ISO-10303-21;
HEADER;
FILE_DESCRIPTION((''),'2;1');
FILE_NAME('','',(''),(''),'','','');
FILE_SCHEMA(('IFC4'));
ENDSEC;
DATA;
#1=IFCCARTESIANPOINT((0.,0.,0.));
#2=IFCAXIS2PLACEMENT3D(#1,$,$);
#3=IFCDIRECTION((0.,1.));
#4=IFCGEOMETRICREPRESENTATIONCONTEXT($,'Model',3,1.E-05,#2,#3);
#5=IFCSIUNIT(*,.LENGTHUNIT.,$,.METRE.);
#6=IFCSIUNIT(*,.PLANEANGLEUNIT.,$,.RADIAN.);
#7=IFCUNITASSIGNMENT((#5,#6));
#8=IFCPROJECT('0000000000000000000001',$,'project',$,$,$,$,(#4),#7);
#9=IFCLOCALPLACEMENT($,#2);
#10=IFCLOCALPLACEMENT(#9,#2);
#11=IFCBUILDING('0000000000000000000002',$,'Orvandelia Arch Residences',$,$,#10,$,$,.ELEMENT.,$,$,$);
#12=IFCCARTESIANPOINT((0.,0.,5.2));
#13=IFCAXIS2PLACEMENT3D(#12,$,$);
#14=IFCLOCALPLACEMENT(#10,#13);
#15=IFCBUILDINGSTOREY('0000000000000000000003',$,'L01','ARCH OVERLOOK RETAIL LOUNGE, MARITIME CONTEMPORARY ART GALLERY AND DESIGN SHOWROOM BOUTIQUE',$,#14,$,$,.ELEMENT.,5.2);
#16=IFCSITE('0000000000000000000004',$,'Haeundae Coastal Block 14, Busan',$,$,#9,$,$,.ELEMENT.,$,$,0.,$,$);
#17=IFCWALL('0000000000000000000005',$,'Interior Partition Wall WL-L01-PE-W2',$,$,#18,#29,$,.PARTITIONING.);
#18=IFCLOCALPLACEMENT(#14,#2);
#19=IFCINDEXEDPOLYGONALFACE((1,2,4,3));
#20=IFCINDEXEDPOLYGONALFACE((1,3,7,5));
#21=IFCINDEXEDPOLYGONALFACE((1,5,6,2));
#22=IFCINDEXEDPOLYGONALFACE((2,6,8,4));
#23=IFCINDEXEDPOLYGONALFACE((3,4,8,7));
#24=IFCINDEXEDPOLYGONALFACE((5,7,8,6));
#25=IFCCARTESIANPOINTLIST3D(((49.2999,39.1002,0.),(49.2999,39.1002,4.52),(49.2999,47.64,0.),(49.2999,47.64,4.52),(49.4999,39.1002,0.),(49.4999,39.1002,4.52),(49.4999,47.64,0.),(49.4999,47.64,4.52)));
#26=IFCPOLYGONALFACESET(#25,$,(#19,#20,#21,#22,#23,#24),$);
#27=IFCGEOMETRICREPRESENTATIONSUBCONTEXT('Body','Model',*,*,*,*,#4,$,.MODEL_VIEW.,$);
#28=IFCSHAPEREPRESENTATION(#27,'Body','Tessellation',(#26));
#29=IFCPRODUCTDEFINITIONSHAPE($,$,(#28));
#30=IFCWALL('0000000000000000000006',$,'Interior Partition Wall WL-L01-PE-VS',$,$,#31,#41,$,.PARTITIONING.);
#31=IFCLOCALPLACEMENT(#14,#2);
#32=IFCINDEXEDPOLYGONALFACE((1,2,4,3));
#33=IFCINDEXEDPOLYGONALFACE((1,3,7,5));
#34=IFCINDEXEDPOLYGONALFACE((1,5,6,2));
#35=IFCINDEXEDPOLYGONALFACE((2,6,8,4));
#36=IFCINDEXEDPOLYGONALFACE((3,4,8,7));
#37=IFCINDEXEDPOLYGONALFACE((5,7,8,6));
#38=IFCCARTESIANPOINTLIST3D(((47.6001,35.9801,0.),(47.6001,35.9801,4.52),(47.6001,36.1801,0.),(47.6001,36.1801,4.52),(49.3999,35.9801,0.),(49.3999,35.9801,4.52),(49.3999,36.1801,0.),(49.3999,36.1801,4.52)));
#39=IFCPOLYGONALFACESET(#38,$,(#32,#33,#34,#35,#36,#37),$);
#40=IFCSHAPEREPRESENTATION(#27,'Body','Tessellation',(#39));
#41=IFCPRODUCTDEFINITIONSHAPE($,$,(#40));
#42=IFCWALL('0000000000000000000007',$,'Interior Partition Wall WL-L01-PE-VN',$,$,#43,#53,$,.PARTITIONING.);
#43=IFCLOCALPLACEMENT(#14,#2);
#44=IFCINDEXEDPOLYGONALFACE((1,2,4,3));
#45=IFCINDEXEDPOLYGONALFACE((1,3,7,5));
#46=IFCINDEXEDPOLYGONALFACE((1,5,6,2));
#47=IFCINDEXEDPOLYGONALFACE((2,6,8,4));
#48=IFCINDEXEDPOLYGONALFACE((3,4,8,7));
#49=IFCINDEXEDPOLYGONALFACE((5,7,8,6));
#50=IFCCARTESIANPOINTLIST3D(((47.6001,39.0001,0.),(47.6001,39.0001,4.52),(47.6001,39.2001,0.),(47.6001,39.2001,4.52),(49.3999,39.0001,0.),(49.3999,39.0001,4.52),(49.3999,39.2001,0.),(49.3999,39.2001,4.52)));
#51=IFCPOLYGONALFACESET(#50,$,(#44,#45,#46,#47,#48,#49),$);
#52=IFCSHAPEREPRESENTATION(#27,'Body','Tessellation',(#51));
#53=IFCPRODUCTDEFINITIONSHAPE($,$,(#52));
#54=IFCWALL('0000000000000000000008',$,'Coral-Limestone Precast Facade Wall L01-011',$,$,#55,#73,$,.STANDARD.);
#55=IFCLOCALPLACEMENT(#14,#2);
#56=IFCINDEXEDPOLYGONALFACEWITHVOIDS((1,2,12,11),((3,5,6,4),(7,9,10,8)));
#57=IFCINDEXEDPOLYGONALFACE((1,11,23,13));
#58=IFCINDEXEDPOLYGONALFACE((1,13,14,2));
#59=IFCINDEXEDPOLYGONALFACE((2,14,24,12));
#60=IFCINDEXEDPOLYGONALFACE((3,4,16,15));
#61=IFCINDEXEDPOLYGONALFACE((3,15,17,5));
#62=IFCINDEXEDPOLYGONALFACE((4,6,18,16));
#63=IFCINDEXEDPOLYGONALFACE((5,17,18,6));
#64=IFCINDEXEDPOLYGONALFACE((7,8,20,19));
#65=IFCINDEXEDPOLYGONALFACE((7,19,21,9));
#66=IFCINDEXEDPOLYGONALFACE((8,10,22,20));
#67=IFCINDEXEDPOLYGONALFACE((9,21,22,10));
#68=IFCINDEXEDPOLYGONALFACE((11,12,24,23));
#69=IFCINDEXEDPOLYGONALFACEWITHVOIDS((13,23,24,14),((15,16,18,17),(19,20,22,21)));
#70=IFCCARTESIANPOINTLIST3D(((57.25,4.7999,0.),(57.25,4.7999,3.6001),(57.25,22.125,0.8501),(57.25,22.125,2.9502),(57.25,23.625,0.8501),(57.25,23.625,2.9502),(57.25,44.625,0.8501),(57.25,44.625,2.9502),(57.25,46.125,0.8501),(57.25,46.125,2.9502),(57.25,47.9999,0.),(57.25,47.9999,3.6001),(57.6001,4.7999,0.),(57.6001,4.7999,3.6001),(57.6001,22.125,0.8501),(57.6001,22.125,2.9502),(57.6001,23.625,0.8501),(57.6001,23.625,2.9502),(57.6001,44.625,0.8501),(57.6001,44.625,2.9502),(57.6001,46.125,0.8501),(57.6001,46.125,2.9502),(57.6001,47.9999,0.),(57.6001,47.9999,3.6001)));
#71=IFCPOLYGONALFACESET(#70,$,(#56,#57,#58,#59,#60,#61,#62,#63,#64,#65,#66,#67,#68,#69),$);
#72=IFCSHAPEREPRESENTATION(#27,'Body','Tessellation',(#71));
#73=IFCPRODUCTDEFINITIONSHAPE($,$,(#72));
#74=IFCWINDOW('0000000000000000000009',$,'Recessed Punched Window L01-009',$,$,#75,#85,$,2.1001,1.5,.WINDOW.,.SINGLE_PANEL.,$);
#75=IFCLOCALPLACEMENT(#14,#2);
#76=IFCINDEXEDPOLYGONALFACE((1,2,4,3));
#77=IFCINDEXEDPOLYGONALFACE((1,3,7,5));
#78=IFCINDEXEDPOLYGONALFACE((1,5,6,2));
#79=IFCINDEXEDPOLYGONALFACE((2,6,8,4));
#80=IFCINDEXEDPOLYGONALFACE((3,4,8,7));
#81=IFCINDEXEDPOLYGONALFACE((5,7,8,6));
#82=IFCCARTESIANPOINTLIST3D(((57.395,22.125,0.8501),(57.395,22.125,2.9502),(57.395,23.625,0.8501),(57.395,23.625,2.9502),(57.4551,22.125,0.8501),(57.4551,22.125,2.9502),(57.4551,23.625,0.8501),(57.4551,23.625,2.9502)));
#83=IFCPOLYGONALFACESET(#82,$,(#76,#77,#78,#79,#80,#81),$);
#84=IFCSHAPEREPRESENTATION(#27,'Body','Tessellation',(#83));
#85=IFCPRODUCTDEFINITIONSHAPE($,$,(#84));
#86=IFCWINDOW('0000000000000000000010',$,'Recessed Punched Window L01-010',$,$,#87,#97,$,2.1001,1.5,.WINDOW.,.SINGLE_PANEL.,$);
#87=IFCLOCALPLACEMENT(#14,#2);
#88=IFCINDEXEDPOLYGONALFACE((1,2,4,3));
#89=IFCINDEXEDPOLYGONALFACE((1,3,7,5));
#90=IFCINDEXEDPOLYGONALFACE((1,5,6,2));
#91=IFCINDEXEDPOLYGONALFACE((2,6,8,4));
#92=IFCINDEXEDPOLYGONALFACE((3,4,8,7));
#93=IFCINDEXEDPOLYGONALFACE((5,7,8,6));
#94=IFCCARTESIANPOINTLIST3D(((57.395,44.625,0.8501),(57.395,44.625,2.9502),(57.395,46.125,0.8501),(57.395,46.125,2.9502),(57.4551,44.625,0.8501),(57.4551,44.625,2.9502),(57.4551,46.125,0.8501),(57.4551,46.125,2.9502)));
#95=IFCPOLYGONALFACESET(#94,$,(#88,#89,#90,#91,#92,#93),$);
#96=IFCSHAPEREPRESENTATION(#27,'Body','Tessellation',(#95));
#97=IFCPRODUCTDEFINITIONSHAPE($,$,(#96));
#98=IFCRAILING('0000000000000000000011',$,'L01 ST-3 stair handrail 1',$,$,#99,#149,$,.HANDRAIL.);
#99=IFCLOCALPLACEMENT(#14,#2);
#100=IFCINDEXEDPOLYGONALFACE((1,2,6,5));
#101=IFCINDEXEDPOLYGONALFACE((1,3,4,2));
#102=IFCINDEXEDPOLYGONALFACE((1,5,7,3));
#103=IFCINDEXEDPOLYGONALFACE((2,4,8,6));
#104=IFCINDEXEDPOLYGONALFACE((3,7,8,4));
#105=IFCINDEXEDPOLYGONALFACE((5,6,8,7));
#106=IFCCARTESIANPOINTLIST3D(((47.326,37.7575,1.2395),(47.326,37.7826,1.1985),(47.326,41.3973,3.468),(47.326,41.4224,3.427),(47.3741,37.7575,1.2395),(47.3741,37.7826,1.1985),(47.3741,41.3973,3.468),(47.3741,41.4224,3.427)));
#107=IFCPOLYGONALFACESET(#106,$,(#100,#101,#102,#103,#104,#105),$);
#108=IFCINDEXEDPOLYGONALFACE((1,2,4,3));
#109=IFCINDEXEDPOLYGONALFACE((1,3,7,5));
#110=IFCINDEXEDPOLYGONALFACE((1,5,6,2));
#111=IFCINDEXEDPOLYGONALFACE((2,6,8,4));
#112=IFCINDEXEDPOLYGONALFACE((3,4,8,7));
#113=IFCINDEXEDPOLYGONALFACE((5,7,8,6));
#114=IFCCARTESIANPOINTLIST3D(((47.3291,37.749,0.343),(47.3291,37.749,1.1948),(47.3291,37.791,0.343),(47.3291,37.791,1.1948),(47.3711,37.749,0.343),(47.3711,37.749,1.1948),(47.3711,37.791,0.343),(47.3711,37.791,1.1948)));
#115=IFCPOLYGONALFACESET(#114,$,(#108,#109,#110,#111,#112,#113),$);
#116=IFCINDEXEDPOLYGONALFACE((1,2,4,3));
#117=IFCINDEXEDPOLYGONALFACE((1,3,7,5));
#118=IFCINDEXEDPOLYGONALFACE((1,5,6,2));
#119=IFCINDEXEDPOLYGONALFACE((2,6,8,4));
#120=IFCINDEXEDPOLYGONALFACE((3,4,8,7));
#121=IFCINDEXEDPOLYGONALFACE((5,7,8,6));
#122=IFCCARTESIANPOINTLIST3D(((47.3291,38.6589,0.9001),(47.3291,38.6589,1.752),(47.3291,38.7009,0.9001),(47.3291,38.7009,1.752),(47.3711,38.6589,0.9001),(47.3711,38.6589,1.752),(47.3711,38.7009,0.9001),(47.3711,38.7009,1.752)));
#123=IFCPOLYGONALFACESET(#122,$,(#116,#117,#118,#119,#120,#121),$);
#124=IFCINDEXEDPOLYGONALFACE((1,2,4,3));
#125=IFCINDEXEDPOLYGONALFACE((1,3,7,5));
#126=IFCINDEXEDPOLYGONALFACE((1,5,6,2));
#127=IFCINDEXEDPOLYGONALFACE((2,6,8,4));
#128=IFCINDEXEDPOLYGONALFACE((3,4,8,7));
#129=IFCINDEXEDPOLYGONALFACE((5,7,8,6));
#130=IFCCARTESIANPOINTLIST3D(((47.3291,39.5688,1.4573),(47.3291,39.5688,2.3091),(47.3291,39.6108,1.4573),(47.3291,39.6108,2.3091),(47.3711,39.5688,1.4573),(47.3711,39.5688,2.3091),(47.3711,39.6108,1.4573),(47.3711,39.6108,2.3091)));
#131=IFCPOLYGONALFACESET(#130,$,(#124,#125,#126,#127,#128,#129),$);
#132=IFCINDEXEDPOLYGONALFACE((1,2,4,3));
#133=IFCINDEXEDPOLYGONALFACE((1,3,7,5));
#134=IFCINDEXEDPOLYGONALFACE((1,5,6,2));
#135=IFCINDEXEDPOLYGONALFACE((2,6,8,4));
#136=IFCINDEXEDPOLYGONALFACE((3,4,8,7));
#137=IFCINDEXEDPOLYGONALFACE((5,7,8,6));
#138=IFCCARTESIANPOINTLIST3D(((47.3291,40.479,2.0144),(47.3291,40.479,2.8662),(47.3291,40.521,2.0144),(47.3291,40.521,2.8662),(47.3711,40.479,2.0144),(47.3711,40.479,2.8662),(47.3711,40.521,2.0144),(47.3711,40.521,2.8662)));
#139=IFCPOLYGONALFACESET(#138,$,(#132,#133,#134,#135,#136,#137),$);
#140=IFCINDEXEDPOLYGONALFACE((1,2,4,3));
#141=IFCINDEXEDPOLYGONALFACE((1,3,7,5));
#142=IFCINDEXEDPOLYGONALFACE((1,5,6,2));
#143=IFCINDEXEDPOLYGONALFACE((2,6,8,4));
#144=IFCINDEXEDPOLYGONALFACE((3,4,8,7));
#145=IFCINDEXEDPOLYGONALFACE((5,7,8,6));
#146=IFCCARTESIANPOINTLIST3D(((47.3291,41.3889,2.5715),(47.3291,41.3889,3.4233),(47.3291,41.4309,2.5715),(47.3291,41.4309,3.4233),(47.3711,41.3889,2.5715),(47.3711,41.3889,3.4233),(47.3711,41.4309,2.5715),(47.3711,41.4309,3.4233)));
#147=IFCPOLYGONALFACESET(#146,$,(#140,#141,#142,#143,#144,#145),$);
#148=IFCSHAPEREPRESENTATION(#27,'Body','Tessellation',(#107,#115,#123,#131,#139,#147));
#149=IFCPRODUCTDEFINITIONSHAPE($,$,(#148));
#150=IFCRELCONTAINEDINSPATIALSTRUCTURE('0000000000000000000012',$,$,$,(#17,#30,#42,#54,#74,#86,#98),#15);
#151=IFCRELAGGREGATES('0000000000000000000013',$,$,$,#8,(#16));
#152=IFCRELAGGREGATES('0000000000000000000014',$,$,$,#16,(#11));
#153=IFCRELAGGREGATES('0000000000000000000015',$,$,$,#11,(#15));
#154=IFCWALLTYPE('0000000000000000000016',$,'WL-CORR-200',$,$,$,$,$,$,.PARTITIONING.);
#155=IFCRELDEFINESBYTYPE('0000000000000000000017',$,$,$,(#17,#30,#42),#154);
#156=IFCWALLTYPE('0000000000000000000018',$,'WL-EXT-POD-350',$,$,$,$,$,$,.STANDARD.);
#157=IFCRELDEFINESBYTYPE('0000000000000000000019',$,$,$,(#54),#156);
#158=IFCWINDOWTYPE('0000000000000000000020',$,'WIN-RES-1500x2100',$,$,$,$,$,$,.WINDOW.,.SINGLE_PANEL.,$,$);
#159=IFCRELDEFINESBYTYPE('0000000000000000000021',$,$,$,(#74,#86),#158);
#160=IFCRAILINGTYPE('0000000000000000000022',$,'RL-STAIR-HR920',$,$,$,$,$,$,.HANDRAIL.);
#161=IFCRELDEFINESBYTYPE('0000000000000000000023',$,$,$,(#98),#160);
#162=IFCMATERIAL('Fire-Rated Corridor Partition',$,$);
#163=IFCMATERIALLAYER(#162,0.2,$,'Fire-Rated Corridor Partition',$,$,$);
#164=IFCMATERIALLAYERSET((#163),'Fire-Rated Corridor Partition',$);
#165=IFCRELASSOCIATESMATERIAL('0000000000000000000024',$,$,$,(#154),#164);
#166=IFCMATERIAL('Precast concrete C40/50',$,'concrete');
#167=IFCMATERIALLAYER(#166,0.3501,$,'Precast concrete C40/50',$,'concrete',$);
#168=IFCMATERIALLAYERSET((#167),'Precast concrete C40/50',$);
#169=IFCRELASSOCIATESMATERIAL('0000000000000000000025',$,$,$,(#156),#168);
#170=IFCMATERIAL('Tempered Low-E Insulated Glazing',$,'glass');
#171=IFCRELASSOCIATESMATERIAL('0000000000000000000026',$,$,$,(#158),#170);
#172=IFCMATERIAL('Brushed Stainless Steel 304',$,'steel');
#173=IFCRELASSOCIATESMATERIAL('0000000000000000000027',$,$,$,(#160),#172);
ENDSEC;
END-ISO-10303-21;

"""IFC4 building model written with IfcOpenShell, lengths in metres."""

from ifc_helpers import new_model, si_unit, direction, frame, frame_2d, origin, origin_2d, place, context, subcontext, project, spatial, rectangle, extrude, material, layer, layer_set, type_object, element, fill, save


model = new_model("IFC4")

# Units and contexts
model_context = context("Model", 3, precision=1e-05, world=origin(), true_north=direction((0.0, 1.0)))
body_context = subcontext(model_context, "Body", "Model", "MODEL_VIEW")
ifc_project = project(units=[si_unit("LENGTHUNIT", "METRE"), si_unit("PLANEANGLEUNIT", "RADIAN")], contexts=[model_context])

# Site, building, storey
site_placement = place(None, origin())
site = spatial("IfcSite", under=ifc_project, at=site_placement, Name="Haeundae Coastal Block 14, Busan", CompositionType="ELEMENT", RefElevation=0.0)
building_placement = place(site_placement, origin())
building = spatial("IfcBuilding", under=site, at=building_placement, Name="Orvandelia Arch Residences", CompositionType="ELEMENT")
storey_placement = place(building_placement, frame((0.0, 0.0, 5.2)))
storey = spatial("IfcBuildingStorey", under=building, at=storey_placement, Name="L01", Description="ARCH OVERLOOK RETAIL LOUNGE, MARITIME CONTEMPORARY ART GALLERY AND DESIGN SHOWROOM BOUTIQUE", CompositionType="ELEMENT", Elevation=5.2)

# Walls
ifc_material_1 = material(Name="Fire-Rated Corridor Partition")
ifc_layer_1 = layer(ifc_material_1, 0.2, Name="Fire-Rated Corridor Partition")
ifc_layer_set_1 = layer_set([ifc_layer_1], Name="Fire-Rated Corridor Partition")
wall_type_1 = type_object("IfcWallType", Name="WL-CORR-200", PredefinedType="PARTITIONING", material=ifc_layer_set_1)
wall_1_placement = place(storey_placement, frame((49.3999, 39.1001, 0.0), z_axis=(0.0, 0.0, 1.0), x_axis=(0.0, 1.0, 0.0)))
element("IfcWall", 1, at=wall_1_placement, inside=storey, type_object=wall_type_1, Name="Interior Partition Wall WL-L01-PE-W2", PredefinedType="PARTITIONING", context=body_context, shape_type="SweptSolid", body=[
    extrude(rectangle(XDim=8.5398, YDim=0.2, at=frame_2d((4.27, 0.0))), origin(), (0.0, 0.0, 1.0), 4.52),
])
for number, where, z_axis, x_axis, name in (
    (2, (47.6001, 36.0801, 0.0), (0.0, 0.0, 1.0), (1.0, 0.0, 0.0), "Interior Partition Wall WL-L01-PE-VS"),
    (3, (47.6001, 39.1001, 0.0), (0.0, 0.0, 1.0), (1.0, 0.0, 0.0), "Interior Partition Wall WL-L01-PE-VN"),
):
    element("IfcWall", number, at=place(storey_placement, frame(where, z_axis=z_axis, x_axis=x_axis)), inside=storey, type_object=wall_type_1, Name=name, PredefinedType="PARTITIONING", context=body_context, shape_type="SweptSolid", body=[
        extrude(rectangle(XDim=1.7998, YDim=0.2, at=frame_2d((0.8999, 0.0))), origin(), (0.0, 0.0, 1.0), 4.52),
    ])

# Wall, openings, windows
ifc_material_2 = material(Name="Precast concrete C40/50", Category="concrete")
ifc_layer_2 = layer(ifc_material_2, 0.3501, Name="Precast concrete C40/50", Category="concrete")
ifc_layer_set_2 = layer_set([ifc_layer_2], Name="Precast concrete C40/50")
wall_type_2 = type_object("IfcWallType", Name="WL-EXT-POD-350", PredefinedType="STANDARD", material=ifc_layer_set_2)
wall_2_placement = place(storey_placement, frame((57.425, 48.0, 0.0), z_axis=(0.0, 0.0, 1.0), x_axis=(0.0, -1.0, 0.0)))
wall_2 = element("IfcWall", 4, at=wall_2_placement, inside=storey, type_object=wall_type_2, Name="Coral-Limestone Precast Facade Wall L01-011", PredefinedType="STANDARD", context=body_context, shape_type="SweptSolid", body=[
    extrude(rectangle(XDim=43.2, YDim=0.3501, at=frame_2d((21.6001, 0.0))), origin(), (0.0, 0.0, 1.0), 3.6001),
])
opening_1_placement = place(wall_2_placement, frame((24.375, 0.0, 0.8501)))
opening_1 = element("IfcOpeningElement", 5, at=opening_1_placement, cuts=wall_2, PredefinedType="OPENING", context=body_context, shape_type="SweptSolid", body=[
    extrude(rectangle(XDim=1.5, YDim=2.1001, at=frame_2d((0.75, 1.05))), frame((0.0, 0.1851, 0.0), z_axis=(0.0, -1.0, 0.0), x_axis=(1.0, 0.0, 0.0)), (0.0, 0.0, 1.0), 0.3701),
])
opening_2_placement = place(wall_2_placement, frame((1.875, 0.0, 0.8501)))
opening_2 = element("IfcOpeningElement", 6, at=opening_2_placement, cuts=wall_2, PredefinedType="OPENING", context=body_context, shape_type="SweptSolid", body=[
    extrude(rectangle(XDim=1.5, YDim=2.1001, at=frame_2d((0.75, 1.05))), frame((0.0, 0.1851, 0.0), z_axis=(0.0, -1.0, 0.0), x_axis=(1.0, 0.0, 0.0)), (0.0, 0.0, 1.0), 0.3701),
])
ifc_material_3 = material(Name="Tempered Low-E Insulated Glazing", Category="glass")
window_type = type_object("IfcWindowType", Name="WIN-RES-1500x2100", PartitioningType="SINGLE_PANEL", PredefinedType="WINDOW", material=ifc_material_3)
window_1_placement = place(opening_1_placement, origin())
window_1 = element("IfcWindow", 7, at=window_1_placement, inside=storey, type_object=window_type, Name="Recessed Punched Window L01-009", OverallHeight=2.1001, OverallWidth=1.5, PartitioningType="SINGLE_PANEL", PredefinedType="WINDOW", context=body_context, shape_type="SweptSolid", body=[
    extrude(rectangle(XDim=1.5, YDim=2.1001, at=frame_2d((0.75, 1.05))), frame((0.0, 0.03, 0.0), z_axis=(0.0, -1.0, 0.0), x_axis=(1.0, 0.0, 0.0)), (0.0, 0.0, 1.0), 0.0601),
])
fill(opening_1, window_1)
window_2_placement = place(opening_2_placement, origin())
window_2 = element("IfcWindow", 8, at=window_2_placement, inside=storey, type_object=window_type, Name="Recessed Punched Window L01-010", OverallHeight=2.1001, OverallWidth=1.5, PartitioningType="SINGLE_PANEL", PredefinedType="WINDOW", context=body_context, shape_type="SweptSolid", body=[
    extrude(rectangle(XDim=1.5, YDim=2.1001, at=frame_2d((0.75, 1.05))), frame((0.0, 0.03, 0.0), z_axis=(0.0, -1.0, 0.0), x_axis=(1.0, 0.0, 0.0)), (0.0, 0.0, 1.0), 0.0601),
])
fill(opening_2, window_2)

# Railing
ifc_material_4 = material(Name="Brushed Stainless Steel 304", Category="steel")
railing_type = type_object("IfcRailingType", Name="RL-STAIR-HR920", PredefinedType="HANDRAIL", material=ifc_material_4)
railing_placement = place(storey_placement, frame((47.3501, 37.77, 0.343)))
element("IfcRailing", 9, at=railing_placement, inside=storey, type_object=railing_type, Name="L01 ST-3 stair handrail 1", PredefinedType="HANDRAIL", context=body_context, shape_type="SweptSolid", body=[
    extrude(rectangle(XDim=0.0481, YDim=0.0481, at=origin_2d()), frame((0.0, 0.0, 0.876), z_axis=(0.0, 0.85285, 0.522156), x_axis=(-1.0, 0.0, 0.0)), (0.0, 0.0, 1.0), 4.2678),
    extrude(rectangle(XDim=0.042, YDim=0.042, at=origin_2d()), origin(), (0.0, 0.0, 1.0), 0.8518),
    extrude(rectangle(XDim=0.042, YDim=0.042, at=origin_2d()), frame((0.0, 0.9099, 0.5571)), (0.0, 0.0, 1.0), 0.8518),
    extrude(rectangle(XDim=0.042, YDim=0.042, at=origin_2d()), frame((0.0, 1.8198, 1.1143)), (0.0, 0.0, 1.0), 0.8518),
    extrude(rectangle(XDim=0.042, YDim=0.042, at=origin_2d()), frame((0.0, 2.73, 1.6714)), (0.0, 0.0, 1.0), 0.8518),
    extrude(rectangle(XDim=0.042, YDim=0.042, at=origin_2d()), frame((0.0, 3.6399, 2.2285)), (0.0, 0.0, 1.0), 0.8518),
])

save(model, "model.ifc")
